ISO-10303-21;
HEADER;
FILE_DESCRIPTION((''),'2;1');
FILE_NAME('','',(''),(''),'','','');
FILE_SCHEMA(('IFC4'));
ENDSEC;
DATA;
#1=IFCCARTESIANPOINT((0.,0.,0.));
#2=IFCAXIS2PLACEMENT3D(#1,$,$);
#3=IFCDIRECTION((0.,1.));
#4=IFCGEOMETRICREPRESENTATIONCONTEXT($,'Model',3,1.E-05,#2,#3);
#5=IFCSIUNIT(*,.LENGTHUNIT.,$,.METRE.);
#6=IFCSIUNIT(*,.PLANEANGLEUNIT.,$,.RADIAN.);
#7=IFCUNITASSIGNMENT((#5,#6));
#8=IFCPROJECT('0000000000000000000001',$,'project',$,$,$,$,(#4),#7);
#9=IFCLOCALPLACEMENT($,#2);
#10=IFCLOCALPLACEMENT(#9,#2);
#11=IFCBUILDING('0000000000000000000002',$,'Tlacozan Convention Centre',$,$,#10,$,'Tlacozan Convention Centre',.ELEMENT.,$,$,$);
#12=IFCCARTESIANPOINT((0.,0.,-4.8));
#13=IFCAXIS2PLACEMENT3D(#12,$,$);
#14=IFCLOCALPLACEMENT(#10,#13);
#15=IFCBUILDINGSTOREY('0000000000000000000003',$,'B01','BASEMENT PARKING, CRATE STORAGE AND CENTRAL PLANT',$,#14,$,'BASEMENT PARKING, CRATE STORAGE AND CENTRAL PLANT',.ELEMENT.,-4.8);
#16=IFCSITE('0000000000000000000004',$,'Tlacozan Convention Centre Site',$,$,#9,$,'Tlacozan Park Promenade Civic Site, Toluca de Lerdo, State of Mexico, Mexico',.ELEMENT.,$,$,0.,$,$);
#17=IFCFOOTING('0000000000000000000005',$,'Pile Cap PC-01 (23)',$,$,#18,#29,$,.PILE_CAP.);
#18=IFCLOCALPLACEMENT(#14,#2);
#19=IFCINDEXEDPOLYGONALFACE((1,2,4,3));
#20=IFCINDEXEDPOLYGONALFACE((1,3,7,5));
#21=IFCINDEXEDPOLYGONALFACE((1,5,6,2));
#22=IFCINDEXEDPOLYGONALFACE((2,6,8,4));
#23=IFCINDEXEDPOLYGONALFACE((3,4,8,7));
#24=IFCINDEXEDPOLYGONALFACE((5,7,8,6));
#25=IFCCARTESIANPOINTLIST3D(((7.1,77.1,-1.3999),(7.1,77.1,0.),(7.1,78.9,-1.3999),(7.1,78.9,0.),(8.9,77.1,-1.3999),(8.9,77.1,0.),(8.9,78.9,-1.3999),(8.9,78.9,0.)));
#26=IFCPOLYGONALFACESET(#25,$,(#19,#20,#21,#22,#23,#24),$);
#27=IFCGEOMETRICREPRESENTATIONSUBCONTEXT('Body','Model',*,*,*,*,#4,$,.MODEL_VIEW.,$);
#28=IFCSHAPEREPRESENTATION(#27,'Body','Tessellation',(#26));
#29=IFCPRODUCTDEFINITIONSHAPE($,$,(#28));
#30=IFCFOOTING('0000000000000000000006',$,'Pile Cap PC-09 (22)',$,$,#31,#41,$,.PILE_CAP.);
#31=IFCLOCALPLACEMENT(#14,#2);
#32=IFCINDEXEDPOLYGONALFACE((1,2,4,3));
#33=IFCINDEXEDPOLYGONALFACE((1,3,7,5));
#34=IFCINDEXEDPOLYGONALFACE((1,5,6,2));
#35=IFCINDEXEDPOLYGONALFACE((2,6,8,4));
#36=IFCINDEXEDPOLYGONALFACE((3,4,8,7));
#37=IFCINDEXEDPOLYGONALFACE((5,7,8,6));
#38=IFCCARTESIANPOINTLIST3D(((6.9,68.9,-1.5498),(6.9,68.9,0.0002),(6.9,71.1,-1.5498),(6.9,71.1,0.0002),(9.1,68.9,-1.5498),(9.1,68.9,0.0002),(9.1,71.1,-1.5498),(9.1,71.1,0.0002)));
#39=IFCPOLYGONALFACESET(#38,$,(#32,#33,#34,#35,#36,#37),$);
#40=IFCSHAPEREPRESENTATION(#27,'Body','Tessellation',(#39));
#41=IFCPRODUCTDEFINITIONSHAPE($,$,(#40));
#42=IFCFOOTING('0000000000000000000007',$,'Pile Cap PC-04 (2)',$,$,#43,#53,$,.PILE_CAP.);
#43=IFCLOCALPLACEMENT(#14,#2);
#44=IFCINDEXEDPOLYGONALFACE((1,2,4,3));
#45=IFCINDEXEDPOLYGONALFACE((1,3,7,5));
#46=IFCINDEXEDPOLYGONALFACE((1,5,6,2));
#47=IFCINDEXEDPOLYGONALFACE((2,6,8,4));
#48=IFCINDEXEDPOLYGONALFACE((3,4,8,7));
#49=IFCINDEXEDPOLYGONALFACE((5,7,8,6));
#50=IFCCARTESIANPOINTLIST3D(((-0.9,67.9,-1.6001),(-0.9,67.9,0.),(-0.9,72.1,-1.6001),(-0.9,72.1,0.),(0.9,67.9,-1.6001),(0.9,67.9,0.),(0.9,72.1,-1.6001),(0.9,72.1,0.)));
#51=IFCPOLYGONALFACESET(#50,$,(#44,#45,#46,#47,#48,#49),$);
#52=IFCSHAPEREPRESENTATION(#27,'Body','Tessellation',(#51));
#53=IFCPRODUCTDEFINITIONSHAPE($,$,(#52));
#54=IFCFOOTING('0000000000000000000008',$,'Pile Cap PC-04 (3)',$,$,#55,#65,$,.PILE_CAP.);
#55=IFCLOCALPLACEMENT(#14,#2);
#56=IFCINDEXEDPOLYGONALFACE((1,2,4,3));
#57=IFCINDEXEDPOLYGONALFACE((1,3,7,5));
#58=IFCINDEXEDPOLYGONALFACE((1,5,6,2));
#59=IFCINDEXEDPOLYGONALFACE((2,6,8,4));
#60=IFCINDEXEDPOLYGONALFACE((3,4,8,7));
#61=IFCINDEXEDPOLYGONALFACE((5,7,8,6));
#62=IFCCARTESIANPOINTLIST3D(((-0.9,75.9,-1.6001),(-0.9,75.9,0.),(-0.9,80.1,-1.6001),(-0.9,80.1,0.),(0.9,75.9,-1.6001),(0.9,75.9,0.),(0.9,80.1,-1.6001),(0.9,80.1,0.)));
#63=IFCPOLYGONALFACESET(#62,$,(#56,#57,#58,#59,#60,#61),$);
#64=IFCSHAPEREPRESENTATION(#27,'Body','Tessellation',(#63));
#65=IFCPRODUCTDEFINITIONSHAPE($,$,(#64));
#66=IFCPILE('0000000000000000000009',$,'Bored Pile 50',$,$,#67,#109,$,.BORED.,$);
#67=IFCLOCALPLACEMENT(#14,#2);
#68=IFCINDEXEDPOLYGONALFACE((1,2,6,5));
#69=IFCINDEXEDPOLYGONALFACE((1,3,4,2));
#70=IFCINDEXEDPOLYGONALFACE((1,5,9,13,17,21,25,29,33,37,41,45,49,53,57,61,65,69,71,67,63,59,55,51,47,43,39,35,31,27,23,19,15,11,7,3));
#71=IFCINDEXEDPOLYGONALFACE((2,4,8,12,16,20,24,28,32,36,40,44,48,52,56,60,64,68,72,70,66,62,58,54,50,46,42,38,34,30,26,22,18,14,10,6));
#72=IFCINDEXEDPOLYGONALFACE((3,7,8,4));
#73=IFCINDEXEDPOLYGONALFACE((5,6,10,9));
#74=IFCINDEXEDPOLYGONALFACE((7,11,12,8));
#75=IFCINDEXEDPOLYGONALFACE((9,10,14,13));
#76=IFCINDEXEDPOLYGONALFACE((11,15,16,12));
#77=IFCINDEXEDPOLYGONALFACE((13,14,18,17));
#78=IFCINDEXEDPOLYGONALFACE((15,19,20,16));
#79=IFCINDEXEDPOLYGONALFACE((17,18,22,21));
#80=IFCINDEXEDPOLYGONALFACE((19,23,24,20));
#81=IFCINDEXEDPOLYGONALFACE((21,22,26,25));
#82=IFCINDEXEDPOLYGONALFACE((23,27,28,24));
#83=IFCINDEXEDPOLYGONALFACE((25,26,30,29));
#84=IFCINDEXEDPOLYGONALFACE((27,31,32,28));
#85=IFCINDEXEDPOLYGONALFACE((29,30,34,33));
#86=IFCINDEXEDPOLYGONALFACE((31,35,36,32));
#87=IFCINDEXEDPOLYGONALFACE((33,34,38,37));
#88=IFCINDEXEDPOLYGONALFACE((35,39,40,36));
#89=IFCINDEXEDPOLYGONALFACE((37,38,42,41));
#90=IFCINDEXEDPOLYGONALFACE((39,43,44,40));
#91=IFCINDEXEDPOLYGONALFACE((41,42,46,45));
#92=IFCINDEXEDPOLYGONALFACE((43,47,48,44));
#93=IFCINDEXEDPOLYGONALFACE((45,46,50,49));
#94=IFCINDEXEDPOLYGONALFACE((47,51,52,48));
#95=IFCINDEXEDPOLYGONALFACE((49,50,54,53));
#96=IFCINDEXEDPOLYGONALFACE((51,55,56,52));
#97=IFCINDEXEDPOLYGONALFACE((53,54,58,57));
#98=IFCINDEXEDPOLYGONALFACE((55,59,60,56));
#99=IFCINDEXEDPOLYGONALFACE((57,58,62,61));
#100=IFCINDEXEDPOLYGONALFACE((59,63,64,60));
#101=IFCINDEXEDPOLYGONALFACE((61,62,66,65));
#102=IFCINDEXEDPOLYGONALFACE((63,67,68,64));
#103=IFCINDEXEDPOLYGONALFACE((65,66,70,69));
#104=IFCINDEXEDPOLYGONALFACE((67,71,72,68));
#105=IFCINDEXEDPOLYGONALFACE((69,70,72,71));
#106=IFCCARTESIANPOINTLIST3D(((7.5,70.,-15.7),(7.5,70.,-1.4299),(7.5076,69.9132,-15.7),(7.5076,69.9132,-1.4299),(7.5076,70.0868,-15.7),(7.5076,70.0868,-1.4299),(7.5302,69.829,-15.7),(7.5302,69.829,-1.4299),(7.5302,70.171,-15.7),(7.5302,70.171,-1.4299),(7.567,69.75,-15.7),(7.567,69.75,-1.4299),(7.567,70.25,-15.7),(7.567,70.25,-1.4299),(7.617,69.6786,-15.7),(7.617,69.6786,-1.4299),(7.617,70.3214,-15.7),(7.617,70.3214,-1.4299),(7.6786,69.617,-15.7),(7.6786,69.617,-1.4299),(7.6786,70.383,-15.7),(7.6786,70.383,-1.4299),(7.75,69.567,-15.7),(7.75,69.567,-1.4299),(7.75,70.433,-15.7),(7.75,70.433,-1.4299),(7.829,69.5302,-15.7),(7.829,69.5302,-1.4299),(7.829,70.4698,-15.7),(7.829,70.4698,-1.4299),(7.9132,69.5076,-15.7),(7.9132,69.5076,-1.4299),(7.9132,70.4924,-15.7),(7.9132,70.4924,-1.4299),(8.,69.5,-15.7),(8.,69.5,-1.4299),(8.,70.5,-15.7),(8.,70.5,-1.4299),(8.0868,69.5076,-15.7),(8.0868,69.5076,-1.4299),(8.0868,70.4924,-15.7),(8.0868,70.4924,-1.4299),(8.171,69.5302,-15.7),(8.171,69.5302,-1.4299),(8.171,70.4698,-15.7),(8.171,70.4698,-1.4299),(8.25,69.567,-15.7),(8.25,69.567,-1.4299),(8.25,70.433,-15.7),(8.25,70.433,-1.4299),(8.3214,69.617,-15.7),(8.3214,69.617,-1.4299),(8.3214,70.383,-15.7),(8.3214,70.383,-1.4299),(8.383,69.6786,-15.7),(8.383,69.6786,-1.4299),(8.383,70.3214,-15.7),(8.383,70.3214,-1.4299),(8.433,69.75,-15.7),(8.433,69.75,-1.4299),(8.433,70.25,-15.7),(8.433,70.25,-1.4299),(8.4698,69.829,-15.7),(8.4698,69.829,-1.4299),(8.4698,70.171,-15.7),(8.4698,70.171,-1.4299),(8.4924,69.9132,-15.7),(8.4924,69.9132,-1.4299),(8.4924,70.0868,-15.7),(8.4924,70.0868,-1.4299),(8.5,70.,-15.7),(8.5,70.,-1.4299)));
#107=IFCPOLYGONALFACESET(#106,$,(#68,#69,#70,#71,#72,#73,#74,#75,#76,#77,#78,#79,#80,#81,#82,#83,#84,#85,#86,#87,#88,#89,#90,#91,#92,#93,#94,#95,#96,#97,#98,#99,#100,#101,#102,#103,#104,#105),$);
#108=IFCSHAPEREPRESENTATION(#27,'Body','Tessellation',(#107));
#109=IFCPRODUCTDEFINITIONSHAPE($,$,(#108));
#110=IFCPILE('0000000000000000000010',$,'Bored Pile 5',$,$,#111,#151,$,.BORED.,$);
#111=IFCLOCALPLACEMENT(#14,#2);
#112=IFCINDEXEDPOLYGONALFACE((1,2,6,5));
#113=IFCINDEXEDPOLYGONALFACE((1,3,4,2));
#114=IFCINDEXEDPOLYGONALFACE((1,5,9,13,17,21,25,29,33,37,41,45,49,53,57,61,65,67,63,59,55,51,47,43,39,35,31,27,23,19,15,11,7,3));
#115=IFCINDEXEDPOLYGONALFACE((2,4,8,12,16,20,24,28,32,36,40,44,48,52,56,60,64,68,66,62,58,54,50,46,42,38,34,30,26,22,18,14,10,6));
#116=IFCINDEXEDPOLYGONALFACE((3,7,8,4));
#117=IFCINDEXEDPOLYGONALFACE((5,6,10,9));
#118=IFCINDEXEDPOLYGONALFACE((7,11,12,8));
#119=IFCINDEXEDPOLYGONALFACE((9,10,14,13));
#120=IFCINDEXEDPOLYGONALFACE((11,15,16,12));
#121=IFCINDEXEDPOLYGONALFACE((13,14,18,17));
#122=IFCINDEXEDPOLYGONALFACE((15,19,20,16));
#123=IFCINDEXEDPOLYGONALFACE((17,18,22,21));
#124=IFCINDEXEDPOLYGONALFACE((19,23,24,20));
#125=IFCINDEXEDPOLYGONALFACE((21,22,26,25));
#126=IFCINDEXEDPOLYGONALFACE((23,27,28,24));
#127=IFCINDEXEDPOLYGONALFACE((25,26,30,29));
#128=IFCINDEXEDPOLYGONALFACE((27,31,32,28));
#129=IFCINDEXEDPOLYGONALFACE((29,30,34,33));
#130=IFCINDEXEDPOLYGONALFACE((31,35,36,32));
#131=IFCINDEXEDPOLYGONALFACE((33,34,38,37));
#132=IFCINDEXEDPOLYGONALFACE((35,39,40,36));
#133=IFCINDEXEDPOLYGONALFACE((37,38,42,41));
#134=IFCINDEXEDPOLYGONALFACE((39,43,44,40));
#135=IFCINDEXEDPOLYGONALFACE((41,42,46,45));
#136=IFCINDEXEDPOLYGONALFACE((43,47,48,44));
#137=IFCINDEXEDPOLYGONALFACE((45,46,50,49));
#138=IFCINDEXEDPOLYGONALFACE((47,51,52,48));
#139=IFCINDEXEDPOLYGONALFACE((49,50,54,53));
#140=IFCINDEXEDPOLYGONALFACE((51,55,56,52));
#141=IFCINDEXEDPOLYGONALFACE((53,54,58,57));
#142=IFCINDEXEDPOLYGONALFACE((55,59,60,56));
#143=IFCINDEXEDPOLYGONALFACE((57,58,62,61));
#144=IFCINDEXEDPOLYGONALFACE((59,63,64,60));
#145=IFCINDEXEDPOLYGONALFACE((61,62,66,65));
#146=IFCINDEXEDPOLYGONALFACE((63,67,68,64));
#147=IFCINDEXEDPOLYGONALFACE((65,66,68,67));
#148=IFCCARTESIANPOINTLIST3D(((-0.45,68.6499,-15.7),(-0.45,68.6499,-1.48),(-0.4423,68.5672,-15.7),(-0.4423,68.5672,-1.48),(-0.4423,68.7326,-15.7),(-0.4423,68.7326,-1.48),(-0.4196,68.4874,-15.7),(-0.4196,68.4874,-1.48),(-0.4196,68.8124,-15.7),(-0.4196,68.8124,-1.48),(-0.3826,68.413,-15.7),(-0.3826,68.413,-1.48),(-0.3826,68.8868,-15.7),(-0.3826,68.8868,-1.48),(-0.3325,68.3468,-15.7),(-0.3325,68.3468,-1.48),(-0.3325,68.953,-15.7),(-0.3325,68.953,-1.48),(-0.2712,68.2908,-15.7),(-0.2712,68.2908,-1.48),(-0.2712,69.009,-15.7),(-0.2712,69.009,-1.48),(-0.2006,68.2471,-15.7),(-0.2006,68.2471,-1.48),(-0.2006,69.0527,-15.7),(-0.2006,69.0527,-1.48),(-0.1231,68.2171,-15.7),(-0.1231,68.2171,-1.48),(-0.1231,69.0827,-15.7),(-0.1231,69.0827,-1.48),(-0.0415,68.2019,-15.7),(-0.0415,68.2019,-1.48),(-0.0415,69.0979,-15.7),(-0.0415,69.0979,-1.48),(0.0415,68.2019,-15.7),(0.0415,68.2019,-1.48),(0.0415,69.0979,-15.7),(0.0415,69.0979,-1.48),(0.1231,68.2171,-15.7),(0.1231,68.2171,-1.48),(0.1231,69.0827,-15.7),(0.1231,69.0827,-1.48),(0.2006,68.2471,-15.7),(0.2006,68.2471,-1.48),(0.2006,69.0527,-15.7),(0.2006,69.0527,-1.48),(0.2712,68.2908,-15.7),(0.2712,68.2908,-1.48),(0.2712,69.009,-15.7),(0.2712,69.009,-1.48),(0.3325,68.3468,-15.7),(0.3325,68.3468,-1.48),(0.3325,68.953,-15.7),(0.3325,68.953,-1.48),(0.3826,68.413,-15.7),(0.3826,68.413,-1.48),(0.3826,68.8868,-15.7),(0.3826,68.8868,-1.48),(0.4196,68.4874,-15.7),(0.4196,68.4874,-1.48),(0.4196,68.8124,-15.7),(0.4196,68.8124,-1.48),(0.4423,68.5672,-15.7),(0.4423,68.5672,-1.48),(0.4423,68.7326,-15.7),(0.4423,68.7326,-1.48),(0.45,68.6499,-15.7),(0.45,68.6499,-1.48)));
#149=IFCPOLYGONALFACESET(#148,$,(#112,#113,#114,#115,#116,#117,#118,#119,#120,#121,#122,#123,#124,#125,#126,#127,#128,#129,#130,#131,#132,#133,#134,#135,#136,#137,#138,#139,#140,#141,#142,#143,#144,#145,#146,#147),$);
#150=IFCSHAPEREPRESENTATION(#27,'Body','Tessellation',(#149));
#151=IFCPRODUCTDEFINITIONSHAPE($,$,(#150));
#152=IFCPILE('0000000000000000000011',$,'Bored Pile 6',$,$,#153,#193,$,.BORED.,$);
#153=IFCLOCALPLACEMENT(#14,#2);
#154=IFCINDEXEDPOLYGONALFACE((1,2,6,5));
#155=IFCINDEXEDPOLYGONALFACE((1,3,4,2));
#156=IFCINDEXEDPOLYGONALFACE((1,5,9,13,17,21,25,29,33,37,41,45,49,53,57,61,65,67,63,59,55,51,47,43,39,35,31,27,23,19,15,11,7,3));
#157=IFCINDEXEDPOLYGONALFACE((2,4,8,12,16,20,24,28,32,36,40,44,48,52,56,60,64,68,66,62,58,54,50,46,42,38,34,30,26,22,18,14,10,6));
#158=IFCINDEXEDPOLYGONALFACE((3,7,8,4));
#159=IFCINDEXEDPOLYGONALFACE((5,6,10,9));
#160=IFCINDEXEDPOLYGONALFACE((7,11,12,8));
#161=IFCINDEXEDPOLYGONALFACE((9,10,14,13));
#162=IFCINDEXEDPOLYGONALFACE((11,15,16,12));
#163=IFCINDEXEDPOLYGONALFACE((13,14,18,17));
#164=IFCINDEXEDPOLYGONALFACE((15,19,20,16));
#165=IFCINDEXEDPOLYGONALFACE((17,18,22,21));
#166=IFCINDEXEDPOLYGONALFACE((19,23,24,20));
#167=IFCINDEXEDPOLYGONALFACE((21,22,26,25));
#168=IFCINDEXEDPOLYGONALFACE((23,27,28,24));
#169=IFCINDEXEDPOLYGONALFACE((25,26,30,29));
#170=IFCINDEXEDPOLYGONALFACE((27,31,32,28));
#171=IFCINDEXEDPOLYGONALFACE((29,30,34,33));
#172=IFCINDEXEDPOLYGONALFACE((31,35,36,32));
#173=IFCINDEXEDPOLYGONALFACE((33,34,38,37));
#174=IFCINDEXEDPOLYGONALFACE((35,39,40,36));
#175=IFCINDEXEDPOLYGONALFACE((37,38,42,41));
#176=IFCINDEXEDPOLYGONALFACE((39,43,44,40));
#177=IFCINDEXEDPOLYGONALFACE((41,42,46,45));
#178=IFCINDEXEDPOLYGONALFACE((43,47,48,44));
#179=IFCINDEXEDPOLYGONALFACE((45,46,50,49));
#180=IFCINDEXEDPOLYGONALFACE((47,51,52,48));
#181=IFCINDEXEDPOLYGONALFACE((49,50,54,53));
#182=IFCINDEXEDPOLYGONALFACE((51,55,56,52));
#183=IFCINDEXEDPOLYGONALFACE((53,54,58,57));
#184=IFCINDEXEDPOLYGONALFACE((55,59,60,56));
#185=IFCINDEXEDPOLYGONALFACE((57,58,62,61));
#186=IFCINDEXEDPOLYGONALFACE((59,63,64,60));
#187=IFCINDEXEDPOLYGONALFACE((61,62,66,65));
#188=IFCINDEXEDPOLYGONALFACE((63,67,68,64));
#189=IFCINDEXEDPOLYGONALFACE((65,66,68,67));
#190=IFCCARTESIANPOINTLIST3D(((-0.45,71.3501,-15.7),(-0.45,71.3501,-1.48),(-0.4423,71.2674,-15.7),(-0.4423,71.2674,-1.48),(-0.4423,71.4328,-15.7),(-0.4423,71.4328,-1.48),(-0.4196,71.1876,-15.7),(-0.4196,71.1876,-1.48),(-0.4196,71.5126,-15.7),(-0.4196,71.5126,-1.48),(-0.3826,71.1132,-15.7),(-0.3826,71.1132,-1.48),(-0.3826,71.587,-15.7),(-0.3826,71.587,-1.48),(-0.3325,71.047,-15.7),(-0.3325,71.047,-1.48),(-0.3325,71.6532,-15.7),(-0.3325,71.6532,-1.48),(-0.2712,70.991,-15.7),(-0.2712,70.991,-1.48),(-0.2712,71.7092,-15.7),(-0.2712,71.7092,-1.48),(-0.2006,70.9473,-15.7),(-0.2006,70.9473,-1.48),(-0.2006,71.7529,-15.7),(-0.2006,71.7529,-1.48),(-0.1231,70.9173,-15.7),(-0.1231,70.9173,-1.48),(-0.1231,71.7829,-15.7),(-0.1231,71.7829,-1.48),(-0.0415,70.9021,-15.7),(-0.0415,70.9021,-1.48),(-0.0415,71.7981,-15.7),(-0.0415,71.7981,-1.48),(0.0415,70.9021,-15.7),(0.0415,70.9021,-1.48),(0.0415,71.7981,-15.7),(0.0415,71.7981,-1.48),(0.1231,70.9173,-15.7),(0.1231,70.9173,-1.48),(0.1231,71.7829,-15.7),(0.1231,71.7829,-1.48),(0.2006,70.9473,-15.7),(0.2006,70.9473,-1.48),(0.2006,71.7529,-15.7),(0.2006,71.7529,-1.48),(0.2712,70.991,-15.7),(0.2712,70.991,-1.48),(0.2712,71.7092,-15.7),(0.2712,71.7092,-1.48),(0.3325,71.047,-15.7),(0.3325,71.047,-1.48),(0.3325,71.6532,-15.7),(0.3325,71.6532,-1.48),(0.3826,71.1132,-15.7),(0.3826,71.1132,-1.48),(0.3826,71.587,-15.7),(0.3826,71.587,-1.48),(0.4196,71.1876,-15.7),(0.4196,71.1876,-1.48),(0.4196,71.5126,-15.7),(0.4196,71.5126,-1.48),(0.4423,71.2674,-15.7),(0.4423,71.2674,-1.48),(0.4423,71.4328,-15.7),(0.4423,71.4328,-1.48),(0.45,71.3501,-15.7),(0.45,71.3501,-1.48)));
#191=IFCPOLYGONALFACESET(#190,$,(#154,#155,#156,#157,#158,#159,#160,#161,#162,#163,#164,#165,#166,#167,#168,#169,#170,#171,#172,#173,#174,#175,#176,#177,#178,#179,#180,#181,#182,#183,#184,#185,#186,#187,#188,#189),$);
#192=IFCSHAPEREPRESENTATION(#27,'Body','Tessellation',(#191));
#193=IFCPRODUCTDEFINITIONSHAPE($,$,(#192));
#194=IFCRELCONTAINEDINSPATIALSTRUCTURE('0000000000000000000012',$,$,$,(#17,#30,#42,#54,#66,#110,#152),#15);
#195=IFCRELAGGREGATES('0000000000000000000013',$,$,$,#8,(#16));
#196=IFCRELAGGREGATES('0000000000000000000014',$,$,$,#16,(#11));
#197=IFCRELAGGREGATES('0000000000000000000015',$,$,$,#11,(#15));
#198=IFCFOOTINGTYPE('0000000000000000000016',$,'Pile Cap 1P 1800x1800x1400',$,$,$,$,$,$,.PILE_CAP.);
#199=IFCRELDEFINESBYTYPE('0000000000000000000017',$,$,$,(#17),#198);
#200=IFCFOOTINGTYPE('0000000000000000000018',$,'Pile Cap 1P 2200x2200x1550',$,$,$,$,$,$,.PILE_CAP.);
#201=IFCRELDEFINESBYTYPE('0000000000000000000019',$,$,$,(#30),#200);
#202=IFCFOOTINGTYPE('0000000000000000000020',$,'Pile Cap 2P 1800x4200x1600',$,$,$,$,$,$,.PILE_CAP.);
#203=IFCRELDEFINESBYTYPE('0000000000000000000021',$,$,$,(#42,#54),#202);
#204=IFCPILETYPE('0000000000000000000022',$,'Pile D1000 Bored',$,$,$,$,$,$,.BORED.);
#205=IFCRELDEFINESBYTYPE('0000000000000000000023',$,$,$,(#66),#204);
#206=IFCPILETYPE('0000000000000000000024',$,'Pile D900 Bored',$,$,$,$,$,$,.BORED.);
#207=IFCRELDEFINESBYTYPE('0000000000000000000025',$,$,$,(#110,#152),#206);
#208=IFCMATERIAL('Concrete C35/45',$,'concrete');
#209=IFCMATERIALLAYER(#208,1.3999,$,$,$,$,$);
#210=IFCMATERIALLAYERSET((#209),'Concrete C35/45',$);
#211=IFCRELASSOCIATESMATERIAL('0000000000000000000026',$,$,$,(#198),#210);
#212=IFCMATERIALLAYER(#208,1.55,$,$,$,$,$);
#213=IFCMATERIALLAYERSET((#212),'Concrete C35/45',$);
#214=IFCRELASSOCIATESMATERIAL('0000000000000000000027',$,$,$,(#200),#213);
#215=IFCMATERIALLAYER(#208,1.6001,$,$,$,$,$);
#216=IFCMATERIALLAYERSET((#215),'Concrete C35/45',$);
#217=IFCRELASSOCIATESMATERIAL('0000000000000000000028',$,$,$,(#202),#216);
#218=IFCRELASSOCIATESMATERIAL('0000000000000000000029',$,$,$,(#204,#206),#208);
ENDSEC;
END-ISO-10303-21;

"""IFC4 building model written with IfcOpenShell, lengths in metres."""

from ifc_helpers import new_model, si_unit, direction, frame, origin, origin_2d, place, context, subcontext, project, spatial, rectangle, circle, extrude, material, layer, layer_set, material_profile, profile_set, type_object, element, save


model = new_model("IFC4")

# Units and contexts
model_context = context("Model", 3, precision=1e-05, world=origin(), true_north=direction((0.0, 1.0)))
body_context = subcontext(model_context, "Body", "Model", "MODEL_VIEW")
ifc_project = project(units=[si_unit("LENGTHUNIT", "METRE"), si_unit("PLANEANGLEUNIT", "RADIAN")], contexts=[model_context])

# Site, building, storey
site_placement = place(None, origin())
site = spatial("IfcSite", under=ifc_project, at=site_placement, Name="Tlacozan Convention Centre Site", LongName="Tlacozan Park Promenade Civic Site, Toluca de Lerdo, State of Mexico, Mexico", CompositionType="ELEMENT", RefElevation=0.0)
building_placement = place(site_placement, origin())
building = spatial("IfcBuilding", under=site, at=building_placement, Name="Tlacozan Convention Centre", LongName="Tlacozan Convention Centre", CompositionType="ELEMENT")
storey_placement = place(building_placement, frame((0.0, 0.0, -4.8)))
storey = spatial("IfcBuildingStorey", under=building, at=storey_placement, Name="B01", Description="BASEMENT PARKING, CRATE STORAGE AND CENTRAL PLANT", LongName="BASEMENT PARKING, CRATE STORAGE AND CENTRAL PLANT", CompositionType="ELEMENT", Elevation=-4.8)

# Footings
ifc_material_1 = material(Name="Concrete C35/45", Category="concrete")
ifc_layer_1 = layer(ifc_material_1, 1.3999)
ifc_layer_set_1 = layer_set([ifc_layer_1], Name="Concrete C35/45")
footing_type_1 = type_object("IfcFootingType", Name="Pile Cap 1P 1800x1800x1400", PredefinedType="PILE_CAP", material=ifc_layer_set_1)
footing_1_placement = place(storey_placement, frame((8.0, 78.0, -1.3999), z_axis=(0.0, 0.0, 1.0), x_axis=(1.0, 0.0, 0.0)))
element("IfcFooting", 1, at=footing_1_placement, inside=storey, type_object=footing_type_1, Name="Pile Cap PC-01 (23)", PredefinedType="PILE_CAP", context=body_context, shape_type="SweptSolid", body=[
    extrude(rectangle(XDim=1.8, YDim=1.8, at=origin_2d()), origin(), (0.0, 0.0, 1.0), 1.3999),
])
ifc_layer_2 = layer(ifc_material_1, 1.55)
ifc_layer_set_2 = layer_set([ifc_layer_2], Name="Concrete C35/45")
footing_type_2 = type_object("IfcFootingType", Name="Pile Cap 1P 2200x2200x1550", PredefinedType="PILE_CAP", material=ifc_layer_set_2)
footing_2_placement = place(storey_placement, frame((8.0, 70.0, -1.5498), z_axis=(0.0, 0.0, 1.0), x_axis=(1.0, 0.0, 0.0)))
element("IfcFooting", 2, at=footing_2_placement, inside=storey, type_object=footing_type_2, Name="Pile Cap PC-09 (22)", PredefinedType="PILE_CAP", context=body_context, shape_type="SweptSolid", body=[
    extrude(rectangle(XDim=2.2, YDim=2.2, at=origin_2d()), origin(), (0.0, 0.0, 1.0), 1.55),
])
ifc_layer_3 = layer(ifc_material_1, 1.6001)
ifc_layer_set_3 = layer_set([ifc_layer_3], Name="Concrete C35/45")
footing_type_3 = type_object("IfcFootingType", Name="Pile Cap 2P 1800x4200x1600", PredefinedType="PILE_CAP", material=ifc_layer_set_3)
for number, where, z_axis, x_axis, name in (
    (3, (0.0, 70.0, -1.6001), (0.0, 0.0, 1.0), (1.0, 0.0, 0.0), "Pile Cap PC-04 (2)"),
    (4, (0.0, 78.0, -1.6001), (0.0, 0.0, 1.0), (1.0, 0.0, 0.0), "Pile Cap PC-04 (3)"),
):
    element("IfcFooting", number, at=place(storey_placement, frame(where, z_axis=z_axis, x_axis=x_axis)), inside=storey, type_object=footing_type_3, Name=name, PredefinedType="PILE_CAP", context=body_context, shape_type="SweptSolid", body=[
        extrude(rectangle(XDim=1.8, YDim=4.2, at=origin_2d()), origin(), (0.0, 0.0, 1.0), 1.6001),
    ])

# Piles
ifc_material_profile_1 = material_profile(ifc_material_1, circle(Radius=0.5, at=origin_2d()), Name="PILE D1000")
ifc_profile_set_1 = profile_set([ifc_material_profile_1], Name="Concrete C35/45")
pile_type_1 = type_object("IfcPileType", Name="Pile D1000 Bored", PredefinedType="BORED", material=ifc_profile_set_1)
pile_1_placement = place(storey_placement, frame((8.0, 70.0, -1.4299), z_axis=(0.0, 0.0, -1.0), x_axis=(1.0, 0.0, 0.0)))
element("IfcPile", 5, at=pile_1_placement, inside=storey, type_object=pile_type_1, Name="Bored Pile 50", PredefinedType="BORED", context=body_context, shape_type="SweptSolid", body=[
    extrude(circle(Radius=0.5, at=origin_2d()), origin(), (0.0, 0.0, 1.0), 14.27),
])
ifc_material_profile_2 = material_profile(ifc_material_1, circle(Radius=0.45, at=origin_2d()), Name="PILE D900")
ifc_profile_set_2 = profile_set([ifc_material_profile_2], Name="Concrete C35/45")
pile_type_2 = type_object("IfcPileType", Name="Pile D900 Bored", PredefinedType="BORED", material=ifc_profile_set_2)
for number, where, z_axis, x_axis, name in (
    (6, (0.0, 68.6499, -1.48), (0.0, 0.0, -1.0), (1.0, 0.0, 0.0), "Bored Pile 5"),
    (7, (0.0, 71.3501, -1.48), (0.0, 0.0, -1.0), (1.0, 0.0, 0.0), "Bored Pile 6"),
):
    element("IfcPile", number, at=place(storey_placement, frame(where, z_axis=z_axis, x_axis=x_axis)), inside=storey, type_object=pile_type_2, Name=name, PredefinedType="BORED", context=body_context, shape_type="SweptSolid", body=[
        extrude(circle(Radius=0.45, at=origin_2d()), origin(), (0.0, 0.0, 1.0), 14.22),
    ])

save(model, "model.ifc")
